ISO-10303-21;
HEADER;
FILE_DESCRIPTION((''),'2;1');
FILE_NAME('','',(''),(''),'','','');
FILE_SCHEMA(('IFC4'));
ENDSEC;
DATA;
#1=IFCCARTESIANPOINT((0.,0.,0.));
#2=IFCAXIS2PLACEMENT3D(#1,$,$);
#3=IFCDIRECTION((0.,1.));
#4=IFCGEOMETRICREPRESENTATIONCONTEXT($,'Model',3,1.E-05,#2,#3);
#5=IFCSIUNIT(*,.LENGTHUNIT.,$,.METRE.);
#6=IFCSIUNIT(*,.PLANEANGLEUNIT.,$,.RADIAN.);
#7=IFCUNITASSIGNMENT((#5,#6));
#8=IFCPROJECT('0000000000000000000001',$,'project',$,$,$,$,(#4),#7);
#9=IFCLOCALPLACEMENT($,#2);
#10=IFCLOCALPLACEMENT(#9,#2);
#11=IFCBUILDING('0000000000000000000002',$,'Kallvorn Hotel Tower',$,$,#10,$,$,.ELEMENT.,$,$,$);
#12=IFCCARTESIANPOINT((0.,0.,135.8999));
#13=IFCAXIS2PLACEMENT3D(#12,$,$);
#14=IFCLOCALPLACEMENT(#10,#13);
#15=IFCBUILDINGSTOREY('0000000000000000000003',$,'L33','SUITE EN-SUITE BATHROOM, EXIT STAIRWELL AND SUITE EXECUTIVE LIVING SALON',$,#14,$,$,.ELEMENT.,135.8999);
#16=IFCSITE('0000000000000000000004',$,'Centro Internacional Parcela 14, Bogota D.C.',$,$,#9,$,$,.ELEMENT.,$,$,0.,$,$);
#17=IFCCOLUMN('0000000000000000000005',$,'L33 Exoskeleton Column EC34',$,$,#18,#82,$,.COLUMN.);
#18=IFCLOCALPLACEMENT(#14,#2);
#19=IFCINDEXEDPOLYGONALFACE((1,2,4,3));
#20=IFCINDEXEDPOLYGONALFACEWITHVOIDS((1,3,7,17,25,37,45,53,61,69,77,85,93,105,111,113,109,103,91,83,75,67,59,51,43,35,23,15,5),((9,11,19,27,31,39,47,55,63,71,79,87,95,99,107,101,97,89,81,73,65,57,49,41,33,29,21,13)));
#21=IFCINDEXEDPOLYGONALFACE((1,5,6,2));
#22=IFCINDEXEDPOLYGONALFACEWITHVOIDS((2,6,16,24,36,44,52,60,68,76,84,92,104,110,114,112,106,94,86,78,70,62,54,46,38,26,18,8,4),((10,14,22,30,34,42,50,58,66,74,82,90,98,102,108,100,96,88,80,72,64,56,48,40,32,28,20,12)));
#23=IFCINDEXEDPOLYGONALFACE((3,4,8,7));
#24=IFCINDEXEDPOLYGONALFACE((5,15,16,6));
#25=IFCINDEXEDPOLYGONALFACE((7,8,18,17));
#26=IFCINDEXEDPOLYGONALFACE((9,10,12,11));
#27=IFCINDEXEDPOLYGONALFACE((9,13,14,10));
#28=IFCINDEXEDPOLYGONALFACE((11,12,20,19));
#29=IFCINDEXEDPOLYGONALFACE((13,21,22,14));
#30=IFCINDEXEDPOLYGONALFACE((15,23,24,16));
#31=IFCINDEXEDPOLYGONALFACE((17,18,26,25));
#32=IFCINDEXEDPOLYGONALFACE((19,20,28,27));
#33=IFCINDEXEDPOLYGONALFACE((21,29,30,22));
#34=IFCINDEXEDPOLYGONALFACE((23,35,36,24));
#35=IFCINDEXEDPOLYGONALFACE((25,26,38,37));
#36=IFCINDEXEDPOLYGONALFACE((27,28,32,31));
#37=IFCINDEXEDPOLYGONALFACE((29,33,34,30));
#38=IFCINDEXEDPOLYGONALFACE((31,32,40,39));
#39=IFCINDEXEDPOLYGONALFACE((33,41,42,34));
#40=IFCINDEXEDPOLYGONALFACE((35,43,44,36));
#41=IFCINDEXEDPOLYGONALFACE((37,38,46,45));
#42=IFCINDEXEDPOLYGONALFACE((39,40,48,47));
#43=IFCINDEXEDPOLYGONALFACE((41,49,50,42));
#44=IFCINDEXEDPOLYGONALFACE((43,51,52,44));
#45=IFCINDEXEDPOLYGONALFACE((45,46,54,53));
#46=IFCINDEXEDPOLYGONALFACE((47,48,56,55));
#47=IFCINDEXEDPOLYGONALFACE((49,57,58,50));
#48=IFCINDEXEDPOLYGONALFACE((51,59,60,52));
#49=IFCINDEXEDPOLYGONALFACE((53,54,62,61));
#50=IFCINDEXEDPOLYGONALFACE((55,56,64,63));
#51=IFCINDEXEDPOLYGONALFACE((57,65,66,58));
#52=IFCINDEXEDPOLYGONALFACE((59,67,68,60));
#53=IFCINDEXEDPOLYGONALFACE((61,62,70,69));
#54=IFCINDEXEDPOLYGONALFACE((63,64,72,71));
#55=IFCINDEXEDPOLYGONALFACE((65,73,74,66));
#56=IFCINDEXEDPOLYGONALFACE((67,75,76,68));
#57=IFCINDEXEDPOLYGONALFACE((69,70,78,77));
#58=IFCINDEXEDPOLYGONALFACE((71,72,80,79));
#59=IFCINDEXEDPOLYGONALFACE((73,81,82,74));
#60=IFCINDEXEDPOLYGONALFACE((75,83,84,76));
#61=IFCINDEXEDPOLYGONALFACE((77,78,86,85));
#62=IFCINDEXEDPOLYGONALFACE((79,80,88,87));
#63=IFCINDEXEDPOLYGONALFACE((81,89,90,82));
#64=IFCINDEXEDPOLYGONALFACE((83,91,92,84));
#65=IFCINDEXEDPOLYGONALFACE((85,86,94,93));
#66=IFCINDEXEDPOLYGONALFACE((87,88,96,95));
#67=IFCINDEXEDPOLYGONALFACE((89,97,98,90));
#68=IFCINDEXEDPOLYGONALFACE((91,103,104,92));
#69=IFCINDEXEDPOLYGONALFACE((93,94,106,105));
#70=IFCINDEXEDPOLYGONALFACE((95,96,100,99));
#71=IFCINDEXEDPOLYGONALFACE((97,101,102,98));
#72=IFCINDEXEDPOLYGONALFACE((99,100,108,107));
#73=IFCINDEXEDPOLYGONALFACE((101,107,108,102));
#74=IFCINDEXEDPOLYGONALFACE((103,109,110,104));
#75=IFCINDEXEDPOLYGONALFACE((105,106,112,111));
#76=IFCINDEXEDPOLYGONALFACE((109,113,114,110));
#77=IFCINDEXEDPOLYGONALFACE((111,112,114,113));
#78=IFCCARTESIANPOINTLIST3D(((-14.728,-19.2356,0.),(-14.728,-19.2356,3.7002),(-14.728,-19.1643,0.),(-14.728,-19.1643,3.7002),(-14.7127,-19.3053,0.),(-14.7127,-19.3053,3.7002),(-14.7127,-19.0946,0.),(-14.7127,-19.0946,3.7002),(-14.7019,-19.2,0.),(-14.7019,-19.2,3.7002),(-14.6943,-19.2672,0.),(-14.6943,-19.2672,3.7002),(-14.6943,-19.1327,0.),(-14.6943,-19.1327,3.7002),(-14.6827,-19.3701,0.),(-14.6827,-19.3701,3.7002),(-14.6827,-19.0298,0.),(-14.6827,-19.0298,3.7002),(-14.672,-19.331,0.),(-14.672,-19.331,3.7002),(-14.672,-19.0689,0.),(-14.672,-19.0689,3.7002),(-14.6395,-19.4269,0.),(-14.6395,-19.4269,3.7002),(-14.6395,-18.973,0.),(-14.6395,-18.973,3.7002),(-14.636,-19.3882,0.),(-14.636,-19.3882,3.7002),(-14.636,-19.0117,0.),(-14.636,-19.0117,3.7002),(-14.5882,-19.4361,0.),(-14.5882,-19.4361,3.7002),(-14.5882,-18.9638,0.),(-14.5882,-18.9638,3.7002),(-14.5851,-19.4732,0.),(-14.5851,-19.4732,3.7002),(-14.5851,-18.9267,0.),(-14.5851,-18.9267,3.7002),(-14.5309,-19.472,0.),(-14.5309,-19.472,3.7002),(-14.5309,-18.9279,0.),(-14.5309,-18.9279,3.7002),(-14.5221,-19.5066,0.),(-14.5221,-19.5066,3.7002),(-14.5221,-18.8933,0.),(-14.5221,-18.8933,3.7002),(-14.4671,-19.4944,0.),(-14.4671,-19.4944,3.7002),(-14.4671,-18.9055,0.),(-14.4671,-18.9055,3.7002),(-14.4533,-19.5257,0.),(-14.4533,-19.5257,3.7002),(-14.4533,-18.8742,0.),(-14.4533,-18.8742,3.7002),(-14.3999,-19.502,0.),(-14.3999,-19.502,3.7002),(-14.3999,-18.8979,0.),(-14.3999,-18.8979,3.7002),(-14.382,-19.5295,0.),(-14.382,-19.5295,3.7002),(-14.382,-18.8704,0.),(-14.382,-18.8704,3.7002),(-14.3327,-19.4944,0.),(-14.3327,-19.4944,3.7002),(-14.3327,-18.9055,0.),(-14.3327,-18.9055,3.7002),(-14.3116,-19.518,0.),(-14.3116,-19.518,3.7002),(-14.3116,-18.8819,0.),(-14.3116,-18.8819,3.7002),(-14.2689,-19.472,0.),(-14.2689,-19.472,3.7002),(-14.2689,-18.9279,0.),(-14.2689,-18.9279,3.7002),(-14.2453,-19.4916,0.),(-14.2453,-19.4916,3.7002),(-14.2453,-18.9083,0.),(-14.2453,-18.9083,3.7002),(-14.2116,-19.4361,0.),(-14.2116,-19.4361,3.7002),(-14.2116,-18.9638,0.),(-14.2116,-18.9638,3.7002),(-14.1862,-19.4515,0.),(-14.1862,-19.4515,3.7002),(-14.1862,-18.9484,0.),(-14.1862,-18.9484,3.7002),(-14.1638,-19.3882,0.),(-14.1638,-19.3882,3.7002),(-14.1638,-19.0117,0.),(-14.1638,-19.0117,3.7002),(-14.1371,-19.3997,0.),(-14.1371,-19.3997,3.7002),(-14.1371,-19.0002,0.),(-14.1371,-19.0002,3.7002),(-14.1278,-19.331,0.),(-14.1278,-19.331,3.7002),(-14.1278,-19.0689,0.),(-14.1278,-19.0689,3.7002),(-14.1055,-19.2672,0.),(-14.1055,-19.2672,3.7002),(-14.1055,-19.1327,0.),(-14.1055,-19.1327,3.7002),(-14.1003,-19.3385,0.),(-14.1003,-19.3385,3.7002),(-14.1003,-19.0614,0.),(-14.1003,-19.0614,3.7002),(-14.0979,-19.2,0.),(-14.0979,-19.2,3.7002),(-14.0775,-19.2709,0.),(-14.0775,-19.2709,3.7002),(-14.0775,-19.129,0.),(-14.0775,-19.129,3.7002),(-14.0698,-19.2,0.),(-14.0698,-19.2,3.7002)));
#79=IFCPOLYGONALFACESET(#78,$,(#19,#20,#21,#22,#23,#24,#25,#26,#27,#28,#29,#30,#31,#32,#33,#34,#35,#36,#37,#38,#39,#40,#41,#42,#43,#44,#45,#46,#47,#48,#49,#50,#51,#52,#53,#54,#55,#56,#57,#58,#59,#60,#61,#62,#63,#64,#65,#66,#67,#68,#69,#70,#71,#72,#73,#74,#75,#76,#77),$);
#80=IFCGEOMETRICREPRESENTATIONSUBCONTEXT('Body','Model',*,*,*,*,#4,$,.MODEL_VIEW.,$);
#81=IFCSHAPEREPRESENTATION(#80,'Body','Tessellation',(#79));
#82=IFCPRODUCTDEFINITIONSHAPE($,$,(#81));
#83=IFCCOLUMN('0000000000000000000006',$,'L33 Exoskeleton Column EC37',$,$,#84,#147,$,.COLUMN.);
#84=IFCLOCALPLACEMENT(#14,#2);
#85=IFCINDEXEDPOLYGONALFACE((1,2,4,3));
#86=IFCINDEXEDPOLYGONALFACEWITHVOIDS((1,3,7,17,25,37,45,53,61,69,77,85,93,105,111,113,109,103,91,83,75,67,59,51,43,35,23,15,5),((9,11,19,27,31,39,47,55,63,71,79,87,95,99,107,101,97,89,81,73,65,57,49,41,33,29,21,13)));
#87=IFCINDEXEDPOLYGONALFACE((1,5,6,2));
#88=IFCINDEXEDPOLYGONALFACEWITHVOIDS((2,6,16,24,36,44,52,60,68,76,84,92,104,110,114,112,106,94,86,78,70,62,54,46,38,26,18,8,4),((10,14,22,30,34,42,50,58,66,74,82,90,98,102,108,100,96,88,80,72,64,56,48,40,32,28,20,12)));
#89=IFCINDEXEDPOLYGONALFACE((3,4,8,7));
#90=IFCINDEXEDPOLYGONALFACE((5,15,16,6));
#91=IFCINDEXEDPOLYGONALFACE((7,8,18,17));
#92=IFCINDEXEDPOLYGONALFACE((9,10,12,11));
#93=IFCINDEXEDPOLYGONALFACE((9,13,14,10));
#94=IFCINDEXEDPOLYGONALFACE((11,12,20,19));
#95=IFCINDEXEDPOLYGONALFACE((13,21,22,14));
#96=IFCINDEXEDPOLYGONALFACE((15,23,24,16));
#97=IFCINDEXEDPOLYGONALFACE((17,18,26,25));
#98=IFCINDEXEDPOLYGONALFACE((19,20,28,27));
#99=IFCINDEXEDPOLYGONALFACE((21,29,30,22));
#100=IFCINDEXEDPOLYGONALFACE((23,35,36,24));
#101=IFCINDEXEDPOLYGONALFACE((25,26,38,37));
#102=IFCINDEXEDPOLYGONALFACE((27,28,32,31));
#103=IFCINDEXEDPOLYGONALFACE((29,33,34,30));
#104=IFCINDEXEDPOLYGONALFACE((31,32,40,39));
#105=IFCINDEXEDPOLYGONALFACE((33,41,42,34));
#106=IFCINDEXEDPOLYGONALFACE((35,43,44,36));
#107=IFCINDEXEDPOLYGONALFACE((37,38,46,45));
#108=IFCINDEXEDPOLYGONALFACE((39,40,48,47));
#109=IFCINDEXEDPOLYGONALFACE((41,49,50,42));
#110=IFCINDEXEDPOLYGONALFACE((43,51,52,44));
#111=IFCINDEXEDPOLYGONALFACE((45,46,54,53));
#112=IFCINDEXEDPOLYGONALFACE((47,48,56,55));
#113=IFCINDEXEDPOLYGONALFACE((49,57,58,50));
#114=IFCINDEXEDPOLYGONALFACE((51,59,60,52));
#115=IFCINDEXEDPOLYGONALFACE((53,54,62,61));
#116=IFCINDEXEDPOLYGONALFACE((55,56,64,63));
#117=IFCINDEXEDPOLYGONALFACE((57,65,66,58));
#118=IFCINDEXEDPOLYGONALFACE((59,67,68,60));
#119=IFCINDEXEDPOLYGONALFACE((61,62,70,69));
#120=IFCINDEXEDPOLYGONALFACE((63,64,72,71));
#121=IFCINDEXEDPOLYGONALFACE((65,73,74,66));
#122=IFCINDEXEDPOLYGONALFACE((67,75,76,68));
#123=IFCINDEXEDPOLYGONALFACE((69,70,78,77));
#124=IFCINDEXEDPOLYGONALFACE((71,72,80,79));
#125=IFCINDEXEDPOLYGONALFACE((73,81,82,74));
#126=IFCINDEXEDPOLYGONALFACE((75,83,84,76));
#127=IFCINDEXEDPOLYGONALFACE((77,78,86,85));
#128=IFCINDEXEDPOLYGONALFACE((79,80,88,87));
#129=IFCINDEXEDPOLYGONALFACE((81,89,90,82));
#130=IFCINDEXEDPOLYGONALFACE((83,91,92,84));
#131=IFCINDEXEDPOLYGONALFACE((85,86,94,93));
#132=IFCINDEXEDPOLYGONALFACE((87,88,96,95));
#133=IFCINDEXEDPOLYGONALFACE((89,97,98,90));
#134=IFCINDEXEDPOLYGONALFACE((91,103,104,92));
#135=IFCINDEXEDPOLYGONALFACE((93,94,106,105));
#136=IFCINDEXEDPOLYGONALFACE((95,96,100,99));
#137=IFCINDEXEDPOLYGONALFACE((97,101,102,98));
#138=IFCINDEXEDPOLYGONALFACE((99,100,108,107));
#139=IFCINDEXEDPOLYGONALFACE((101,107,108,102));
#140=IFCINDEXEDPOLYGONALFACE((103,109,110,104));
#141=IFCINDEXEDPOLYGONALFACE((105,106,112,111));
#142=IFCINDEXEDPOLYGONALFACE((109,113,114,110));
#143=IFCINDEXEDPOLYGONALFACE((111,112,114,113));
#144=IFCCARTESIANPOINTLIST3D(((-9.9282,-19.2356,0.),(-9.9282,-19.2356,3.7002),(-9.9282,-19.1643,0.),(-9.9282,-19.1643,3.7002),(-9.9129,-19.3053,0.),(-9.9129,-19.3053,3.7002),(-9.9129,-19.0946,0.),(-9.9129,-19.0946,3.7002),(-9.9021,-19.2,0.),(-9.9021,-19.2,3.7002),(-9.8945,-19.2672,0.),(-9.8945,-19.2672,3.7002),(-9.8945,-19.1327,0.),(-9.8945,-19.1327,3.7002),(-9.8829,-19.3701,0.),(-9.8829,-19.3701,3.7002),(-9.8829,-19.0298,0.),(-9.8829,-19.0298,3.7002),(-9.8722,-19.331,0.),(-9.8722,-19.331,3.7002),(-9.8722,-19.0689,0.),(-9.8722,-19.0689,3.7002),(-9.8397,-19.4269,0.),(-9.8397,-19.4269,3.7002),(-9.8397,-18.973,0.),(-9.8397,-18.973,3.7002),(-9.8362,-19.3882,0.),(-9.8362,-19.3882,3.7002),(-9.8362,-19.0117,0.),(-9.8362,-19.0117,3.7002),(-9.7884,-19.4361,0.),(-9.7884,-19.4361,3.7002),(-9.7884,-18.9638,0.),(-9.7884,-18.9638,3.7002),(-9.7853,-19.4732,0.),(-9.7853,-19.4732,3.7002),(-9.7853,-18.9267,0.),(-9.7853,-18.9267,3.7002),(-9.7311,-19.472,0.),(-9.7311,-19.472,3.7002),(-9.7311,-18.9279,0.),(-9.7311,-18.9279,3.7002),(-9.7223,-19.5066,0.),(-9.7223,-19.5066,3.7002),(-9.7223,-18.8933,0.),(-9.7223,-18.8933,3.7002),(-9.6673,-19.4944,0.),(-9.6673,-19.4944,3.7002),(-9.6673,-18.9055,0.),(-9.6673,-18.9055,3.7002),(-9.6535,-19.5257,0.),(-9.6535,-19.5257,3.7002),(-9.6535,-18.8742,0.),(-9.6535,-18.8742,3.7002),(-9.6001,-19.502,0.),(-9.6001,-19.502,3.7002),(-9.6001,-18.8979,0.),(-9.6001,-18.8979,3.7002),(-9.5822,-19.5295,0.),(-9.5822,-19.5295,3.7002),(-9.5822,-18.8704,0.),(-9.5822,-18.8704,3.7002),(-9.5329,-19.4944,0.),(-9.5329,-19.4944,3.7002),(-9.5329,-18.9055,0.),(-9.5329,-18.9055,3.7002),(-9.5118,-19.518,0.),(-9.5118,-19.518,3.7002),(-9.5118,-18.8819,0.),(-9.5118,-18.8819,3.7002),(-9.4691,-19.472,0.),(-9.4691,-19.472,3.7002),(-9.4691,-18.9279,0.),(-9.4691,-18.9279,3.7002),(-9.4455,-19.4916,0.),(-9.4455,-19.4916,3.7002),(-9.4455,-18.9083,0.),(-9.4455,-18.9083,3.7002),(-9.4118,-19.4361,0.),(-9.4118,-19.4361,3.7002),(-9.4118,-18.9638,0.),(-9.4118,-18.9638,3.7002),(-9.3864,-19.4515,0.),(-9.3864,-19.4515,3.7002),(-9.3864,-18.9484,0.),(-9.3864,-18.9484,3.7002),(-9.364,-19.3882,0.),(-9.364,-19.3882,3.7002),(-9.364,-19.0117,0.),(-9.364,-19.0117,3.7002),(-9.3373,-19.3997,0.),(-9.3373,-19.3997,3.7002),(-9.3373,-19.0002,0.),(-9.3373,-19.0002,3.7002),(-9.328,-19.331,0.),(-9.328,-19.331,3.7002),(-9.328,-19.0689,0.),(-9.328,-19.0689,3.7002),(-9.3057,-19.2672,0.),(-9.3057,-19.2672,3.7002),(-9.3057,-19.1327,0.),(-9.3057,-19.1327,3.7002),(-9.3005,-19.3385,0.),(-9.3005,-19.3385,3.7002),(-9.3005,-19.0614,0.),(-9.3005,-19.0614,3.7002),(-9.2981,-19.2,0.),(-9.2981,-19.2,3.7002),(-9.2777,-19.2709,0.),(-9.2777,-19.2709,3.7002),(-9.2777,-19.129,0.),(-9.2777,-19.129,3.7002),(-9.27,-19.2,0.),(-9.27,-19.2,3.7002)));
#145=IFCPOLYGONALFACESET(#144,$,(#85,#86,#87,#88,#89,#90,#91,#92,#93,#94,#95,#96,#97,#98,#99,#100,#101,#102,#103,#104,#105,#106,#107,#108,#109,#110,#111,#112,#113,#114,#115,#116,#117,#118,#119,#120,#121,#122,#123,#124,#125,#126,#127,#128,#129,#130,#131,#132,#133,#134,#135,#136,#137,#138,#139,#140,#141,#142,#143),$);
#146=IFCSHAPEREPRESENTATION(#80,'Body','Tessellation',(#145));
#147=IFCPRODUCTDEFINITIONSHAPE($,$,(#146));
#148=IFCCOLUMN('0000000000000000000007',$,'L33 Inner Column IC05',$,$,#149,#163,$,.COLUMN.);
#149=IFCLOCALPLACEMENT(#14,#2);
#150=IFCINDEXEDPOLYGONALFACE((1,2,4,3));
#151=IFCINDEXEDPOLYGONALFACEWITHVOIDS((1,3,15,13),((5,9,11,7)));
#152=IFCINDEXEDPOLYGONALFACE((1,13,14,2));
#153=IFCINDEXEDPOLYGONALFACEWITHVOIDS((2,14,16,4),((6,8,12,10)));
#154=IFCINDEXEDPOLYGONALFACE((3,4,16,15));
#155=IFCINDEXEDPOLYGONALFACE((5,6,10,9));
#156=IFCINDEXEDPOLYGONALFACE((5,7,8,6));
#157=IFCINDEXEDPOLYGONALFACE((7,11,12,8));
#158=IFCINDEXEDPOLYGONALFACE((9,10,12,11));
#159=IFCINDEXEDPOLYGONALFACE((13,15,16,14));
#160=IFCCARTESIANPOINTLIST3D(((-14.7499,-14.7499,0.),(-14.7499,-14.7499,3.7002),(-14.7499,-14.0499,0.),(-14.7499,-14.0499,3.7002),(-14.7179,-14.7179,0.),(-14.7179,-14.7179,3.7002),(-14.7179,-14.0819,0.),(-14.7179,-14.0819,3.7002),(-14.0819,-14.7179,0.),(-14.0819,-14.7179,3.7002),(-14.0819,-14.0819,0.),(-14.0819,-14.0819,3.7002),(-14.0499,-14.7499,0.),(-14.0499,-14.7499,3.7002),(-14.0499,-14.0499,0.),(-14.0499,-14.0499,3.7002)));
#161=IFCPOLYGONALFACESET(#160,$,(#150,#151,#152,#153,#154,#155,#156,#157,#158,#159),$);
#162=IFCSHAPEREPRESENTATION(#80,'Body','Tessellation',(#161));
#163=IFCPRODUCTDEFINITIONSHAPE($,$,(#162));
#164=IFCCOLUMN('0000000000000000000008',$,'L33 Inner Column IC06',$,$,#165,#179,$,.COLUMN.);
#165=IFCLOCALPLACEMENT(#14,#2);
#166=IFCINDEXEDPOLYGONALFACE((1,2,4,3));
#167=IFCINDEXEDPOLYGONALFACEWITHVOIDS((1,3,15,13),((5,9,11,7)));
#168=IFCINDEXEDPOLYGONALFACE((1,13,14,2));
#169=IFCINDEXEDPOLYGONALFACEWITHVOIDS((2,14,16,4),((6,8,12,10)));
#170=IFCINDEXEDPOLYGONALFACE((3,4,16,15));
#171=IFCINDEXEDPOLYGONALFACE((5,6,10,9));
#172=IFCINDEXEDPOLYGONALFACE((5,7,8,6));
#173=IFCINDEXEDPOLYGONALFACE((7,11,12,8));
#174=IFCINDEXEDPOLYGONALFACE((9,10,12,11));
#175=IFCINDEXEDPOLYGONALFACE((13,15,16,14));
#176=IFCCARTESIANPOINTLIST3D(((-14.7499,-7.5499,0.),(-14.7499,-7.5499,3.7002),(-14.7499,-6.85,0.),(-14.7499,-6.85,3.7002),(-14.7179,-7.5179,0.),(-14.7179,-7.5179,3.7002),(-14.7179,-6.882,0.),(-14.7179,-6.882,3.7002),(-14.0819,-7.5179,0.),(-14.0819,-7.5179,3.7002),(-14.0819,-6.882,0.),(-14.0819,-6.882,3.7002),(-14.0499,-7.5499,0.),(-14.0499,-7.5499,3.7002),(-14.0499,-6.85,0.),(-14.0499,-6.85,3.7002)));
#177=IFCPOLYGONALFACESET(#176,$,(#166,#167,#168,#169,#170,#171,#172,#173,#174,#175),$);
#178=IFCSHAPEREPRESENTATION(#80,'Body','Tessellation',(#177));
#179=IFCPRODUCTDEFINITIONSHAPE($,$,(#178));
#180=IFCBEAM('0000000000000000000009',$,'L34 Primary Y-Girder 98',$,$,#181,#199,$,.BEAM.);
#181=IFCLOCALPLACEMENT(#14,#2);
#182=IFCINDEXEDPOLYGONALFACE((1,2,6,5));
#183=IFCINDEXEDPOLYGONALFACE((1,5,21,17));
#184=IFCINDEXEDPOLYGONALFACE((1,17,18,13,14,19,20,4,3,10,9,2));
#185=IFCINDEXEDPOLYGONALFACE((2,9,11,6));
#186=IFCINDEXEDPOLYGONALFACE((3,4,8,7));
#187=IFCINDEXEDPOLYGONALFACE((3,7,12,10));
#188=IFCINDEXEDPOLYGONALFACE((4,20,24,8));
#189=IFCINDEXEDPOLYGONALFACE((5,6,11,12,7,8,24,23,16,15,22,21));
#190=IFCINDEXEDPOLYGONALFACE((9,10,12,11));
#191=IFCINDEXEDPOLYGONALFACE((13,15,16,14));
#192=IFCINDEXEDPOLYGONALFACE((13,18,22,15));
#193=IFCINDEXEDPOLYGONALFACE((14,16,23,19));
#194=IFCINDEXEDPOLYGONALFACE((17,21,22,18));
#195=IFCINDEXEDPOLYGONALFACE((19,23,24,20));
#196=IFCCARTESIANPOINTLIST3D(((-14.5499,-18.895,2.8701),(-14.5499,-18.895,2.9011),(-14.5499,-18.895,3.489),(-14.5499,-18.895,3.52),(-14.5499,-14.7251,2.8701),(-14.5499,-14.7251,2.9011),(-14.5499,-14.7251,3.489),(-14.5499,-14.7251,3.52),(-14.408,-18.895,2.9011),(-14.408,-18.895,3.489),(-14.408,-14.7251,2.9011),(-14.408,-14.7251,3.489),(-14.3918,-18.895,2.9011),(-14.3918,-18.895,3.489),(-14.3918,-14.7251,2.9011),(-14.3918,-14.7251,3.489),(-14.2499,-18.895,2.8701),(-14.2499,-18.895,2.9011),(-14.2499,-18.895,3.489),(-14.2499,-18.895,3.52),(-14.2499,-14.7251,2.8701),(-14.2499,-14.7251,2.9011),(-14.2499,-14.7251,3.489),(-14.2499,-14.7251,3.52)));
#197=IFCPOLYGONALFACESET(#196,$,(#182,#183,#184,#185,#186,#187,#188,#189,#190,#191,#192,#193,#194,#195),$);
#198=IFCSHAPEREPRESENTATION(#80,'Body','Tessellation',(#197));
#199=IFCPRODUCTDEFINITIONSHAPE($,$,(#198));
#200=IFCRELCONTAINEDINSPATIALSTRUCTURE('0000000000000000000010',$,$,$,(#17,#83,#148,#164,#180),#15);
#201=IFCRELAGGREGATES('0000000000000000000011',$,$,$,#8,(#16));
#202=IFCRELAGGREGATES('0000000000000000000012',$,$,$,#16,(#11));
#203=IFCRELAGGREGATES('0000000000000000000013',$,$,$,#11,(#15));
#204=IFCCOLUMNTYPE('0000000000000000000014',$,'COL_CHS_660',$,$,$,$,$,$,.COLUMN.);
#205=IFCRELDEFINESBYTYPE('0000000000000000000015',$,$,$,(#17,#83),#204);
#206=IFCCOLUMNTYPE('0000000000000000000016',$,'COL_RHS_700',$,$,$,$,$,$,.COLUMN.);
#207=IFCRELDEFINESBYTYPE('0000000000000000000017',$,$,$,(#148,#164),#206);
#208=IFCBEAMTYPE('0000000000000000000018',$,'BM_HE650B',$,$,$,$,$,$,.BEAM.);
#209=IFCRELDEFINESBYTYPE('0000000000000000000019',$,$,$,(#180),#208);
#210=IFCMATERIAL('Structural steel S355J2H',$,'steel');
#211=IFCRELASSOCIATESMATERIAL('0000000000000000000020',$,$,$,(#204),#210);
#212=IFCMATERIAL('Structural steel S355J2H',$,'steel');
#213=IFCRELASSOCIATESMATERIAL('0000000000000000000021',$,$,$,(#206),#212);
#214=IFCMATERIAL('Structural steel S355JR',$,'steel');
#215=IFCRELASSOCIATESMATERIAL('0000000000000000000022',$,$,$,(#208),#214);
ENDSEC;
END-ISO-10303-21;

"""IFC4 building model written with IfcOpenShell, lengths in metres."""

from ifc_helpers import new_model, si_unit, direction, frame, origin, origin_2d, place, context, subcontext, project, spatial, hollow_rectangle, hollow_circle, i_section, extrude, material, material_profile, profile_set, type_object, element, save


model = new_model("IFC4")

# Units and contexts
model_context = context("Model", 3, precision=1e-05, world=origin(), true_north=direction((0.0, 1.0)))
body_context = subcontext(model_context, "Body", "Model", "MODEL_VIEW")
ifc_project = project(units=[si_unit("LENGTHUNIT", "METRE"), si_unit("PLANEANGLEUNIT", "RADIAN")], contexts=[model_context])

# Site, building, storey
site_placement = place(None, origin())
site = spatial("IfcSite", under=ifc_project, at=site_placement, Name="Centro Internacional Parcela 14, Bogota D.C.", CompositionType="ELEMENT", RefElevation=0.0)
building_placement = place(site_placement, origin())
building = spatial("IfcBuilding", under=site, at=building_placement, Name="Kallvorn Hotel Tower", CompositionType="ELEMENT")
storey_placement = place(building_placement, frame((0.0, 0.0, 135.8999)))
storey = spatial("IfcBuildingStorey", under=building, at=storey_placement, Name="L33", Description="SUITE EN-SUITE BATHROOM, EXIT STAIRWELL AND SUITE EXECUTIVE LIVING SALON", CompositionType="ELEMENT", Elevation=135.8999)

# Columns
ifc_material_1 = material(Name="Structural steel S355J2H", Category="steel")
ifc_material_profile_1 = material_profile(ifc_material_1, hollow_circle(Radius=0.3301, WallThickness=0.0281, at=origin_2d()), Name="CHS 660x28")
ifc_profile_set_1 = profile_set([ifc_material_profile_1], Name="Structural steel S355J2H")
column_type_1 = type_object("IfcColumnType", Name="COL_CHS_660", PredefinedType="COLUMN", material=ifc_profile_set_1)
for number, where, z_axis, x_axis, name in (
    (1, (-14.3999, -19.2, 0.0), (0.0, 0.0, 1.0), (1.0, 0.0, 0.0), "L33 Exoskeleton Column EC34"),
    (2, (-9.6001, -19.2, 0.0), (0.0, 0.0, 1.0), (1.0, 0.0, 0.0), "L33 Exoskeleton Column EC37"),
):
    element("IfcColumn", number, at=place(storey_placement, frame(where, z_axis=z_axis, x_axis=x_axis)), inside=storey, type_object=column_type_1, Name=name, PredefinedType="COLUMN", context=body_context, shape_type="SweptSolid", body=[
        extrude(hollow_circle(Radius=0.3301, WallThickness=0.0281, at=origin_2d()), origin(), (0.0, 0.0, 1.0), 3.7002),
    ])
ifc_material_2 = material(Name="Structural steel S355J2H", Category="steel")
ifc_material_profile_2 = material_profile(ifc_material_2, hollow_rectangle(XDim=0.7, YDim=0.7, WallThickness=0.032, at=origin_2d()), Name="RHS 700x700x32")
ifc_profile_set_2 = profile_set([ifc_material_profile_2], Name="Structural steel S355J2H")
column_type_2 = type_object("IfcColumnType", Name="COL_RHS_700", PredefinedType="COLUMN", material=ifc_profile_set_2)
for number, where, z_axis, x_axis, name in (
    (3, (-14.3999, -14.3999, 0.0), (0.0, 0.0, 1.0), (1.0, 0.0, 0.0), "L33 Inner Column IC05"),
    (4, (-14.3999, -7.2, 0.0), (0.0, 0.0, 1.0), (1.0, 0.0, 0.0), "L33 Inner Column IC06"),
):
    element("IfcColumn", number, at=place(storey_placement, frame(where, z_axis=z_axis, x_axis=x_axis)), inside=storey, type_object=column_type_2, Name=name, PredefinedType="COLUMN", context=body_context, shape_type="SweptSolid", body=[
        extrude(hollow_rectangle(XDim=0.7, YDim=0.7, WallThickness=0.032, at=origin_2d()), origin(), (0.0, 0.0, 1.0), 3.7002),
    ])

# Beam
ifc_material_3 = material(Name="Structural steel S355JR", Category="steel")
ifc_material_profile_3 = material_profile(ifc_material_3, i_section(OverallWidth=0.3, OverallDepth=0.6499, WebThickness=0.0161, FlangeThickness=0.031, at=origin_2d()), Name="HE 650 B")
ifc_profile_set_3 = profile_set([ifc_material_profile_3], Name="Structural steel S355JR")
beam_type_1 = type_object("IfcBeamType", Name="BM_HE650B", PredefinedType="BEAM", material=ifc_profile_set_3)
beam_1_placement = place(storey_placement, frame((-14.3999, -18.895, 3.1951), z_axis=(0.0, 1.0, 0.0), x_axis=(-1.0, 0.0, 0.0)))
element("IfcBeam", 5, at=beam_1_placement, inside=storey, type_object=beam_type_1, Name="L34 Primary Y-Girder 98", PredefinedType="BEAM", context=body_context, shape_type="SweptSolid", body=[
    extrude(i_section(OverallWidth=0.3, OverallDepth=0.6499, WebThickness=0.0161, FlangeThickness=0.031, at=origin_2d()), origin(), (0.0, 0.0, 1.0), 4.1699),
])

save(model, "model.ifc")
